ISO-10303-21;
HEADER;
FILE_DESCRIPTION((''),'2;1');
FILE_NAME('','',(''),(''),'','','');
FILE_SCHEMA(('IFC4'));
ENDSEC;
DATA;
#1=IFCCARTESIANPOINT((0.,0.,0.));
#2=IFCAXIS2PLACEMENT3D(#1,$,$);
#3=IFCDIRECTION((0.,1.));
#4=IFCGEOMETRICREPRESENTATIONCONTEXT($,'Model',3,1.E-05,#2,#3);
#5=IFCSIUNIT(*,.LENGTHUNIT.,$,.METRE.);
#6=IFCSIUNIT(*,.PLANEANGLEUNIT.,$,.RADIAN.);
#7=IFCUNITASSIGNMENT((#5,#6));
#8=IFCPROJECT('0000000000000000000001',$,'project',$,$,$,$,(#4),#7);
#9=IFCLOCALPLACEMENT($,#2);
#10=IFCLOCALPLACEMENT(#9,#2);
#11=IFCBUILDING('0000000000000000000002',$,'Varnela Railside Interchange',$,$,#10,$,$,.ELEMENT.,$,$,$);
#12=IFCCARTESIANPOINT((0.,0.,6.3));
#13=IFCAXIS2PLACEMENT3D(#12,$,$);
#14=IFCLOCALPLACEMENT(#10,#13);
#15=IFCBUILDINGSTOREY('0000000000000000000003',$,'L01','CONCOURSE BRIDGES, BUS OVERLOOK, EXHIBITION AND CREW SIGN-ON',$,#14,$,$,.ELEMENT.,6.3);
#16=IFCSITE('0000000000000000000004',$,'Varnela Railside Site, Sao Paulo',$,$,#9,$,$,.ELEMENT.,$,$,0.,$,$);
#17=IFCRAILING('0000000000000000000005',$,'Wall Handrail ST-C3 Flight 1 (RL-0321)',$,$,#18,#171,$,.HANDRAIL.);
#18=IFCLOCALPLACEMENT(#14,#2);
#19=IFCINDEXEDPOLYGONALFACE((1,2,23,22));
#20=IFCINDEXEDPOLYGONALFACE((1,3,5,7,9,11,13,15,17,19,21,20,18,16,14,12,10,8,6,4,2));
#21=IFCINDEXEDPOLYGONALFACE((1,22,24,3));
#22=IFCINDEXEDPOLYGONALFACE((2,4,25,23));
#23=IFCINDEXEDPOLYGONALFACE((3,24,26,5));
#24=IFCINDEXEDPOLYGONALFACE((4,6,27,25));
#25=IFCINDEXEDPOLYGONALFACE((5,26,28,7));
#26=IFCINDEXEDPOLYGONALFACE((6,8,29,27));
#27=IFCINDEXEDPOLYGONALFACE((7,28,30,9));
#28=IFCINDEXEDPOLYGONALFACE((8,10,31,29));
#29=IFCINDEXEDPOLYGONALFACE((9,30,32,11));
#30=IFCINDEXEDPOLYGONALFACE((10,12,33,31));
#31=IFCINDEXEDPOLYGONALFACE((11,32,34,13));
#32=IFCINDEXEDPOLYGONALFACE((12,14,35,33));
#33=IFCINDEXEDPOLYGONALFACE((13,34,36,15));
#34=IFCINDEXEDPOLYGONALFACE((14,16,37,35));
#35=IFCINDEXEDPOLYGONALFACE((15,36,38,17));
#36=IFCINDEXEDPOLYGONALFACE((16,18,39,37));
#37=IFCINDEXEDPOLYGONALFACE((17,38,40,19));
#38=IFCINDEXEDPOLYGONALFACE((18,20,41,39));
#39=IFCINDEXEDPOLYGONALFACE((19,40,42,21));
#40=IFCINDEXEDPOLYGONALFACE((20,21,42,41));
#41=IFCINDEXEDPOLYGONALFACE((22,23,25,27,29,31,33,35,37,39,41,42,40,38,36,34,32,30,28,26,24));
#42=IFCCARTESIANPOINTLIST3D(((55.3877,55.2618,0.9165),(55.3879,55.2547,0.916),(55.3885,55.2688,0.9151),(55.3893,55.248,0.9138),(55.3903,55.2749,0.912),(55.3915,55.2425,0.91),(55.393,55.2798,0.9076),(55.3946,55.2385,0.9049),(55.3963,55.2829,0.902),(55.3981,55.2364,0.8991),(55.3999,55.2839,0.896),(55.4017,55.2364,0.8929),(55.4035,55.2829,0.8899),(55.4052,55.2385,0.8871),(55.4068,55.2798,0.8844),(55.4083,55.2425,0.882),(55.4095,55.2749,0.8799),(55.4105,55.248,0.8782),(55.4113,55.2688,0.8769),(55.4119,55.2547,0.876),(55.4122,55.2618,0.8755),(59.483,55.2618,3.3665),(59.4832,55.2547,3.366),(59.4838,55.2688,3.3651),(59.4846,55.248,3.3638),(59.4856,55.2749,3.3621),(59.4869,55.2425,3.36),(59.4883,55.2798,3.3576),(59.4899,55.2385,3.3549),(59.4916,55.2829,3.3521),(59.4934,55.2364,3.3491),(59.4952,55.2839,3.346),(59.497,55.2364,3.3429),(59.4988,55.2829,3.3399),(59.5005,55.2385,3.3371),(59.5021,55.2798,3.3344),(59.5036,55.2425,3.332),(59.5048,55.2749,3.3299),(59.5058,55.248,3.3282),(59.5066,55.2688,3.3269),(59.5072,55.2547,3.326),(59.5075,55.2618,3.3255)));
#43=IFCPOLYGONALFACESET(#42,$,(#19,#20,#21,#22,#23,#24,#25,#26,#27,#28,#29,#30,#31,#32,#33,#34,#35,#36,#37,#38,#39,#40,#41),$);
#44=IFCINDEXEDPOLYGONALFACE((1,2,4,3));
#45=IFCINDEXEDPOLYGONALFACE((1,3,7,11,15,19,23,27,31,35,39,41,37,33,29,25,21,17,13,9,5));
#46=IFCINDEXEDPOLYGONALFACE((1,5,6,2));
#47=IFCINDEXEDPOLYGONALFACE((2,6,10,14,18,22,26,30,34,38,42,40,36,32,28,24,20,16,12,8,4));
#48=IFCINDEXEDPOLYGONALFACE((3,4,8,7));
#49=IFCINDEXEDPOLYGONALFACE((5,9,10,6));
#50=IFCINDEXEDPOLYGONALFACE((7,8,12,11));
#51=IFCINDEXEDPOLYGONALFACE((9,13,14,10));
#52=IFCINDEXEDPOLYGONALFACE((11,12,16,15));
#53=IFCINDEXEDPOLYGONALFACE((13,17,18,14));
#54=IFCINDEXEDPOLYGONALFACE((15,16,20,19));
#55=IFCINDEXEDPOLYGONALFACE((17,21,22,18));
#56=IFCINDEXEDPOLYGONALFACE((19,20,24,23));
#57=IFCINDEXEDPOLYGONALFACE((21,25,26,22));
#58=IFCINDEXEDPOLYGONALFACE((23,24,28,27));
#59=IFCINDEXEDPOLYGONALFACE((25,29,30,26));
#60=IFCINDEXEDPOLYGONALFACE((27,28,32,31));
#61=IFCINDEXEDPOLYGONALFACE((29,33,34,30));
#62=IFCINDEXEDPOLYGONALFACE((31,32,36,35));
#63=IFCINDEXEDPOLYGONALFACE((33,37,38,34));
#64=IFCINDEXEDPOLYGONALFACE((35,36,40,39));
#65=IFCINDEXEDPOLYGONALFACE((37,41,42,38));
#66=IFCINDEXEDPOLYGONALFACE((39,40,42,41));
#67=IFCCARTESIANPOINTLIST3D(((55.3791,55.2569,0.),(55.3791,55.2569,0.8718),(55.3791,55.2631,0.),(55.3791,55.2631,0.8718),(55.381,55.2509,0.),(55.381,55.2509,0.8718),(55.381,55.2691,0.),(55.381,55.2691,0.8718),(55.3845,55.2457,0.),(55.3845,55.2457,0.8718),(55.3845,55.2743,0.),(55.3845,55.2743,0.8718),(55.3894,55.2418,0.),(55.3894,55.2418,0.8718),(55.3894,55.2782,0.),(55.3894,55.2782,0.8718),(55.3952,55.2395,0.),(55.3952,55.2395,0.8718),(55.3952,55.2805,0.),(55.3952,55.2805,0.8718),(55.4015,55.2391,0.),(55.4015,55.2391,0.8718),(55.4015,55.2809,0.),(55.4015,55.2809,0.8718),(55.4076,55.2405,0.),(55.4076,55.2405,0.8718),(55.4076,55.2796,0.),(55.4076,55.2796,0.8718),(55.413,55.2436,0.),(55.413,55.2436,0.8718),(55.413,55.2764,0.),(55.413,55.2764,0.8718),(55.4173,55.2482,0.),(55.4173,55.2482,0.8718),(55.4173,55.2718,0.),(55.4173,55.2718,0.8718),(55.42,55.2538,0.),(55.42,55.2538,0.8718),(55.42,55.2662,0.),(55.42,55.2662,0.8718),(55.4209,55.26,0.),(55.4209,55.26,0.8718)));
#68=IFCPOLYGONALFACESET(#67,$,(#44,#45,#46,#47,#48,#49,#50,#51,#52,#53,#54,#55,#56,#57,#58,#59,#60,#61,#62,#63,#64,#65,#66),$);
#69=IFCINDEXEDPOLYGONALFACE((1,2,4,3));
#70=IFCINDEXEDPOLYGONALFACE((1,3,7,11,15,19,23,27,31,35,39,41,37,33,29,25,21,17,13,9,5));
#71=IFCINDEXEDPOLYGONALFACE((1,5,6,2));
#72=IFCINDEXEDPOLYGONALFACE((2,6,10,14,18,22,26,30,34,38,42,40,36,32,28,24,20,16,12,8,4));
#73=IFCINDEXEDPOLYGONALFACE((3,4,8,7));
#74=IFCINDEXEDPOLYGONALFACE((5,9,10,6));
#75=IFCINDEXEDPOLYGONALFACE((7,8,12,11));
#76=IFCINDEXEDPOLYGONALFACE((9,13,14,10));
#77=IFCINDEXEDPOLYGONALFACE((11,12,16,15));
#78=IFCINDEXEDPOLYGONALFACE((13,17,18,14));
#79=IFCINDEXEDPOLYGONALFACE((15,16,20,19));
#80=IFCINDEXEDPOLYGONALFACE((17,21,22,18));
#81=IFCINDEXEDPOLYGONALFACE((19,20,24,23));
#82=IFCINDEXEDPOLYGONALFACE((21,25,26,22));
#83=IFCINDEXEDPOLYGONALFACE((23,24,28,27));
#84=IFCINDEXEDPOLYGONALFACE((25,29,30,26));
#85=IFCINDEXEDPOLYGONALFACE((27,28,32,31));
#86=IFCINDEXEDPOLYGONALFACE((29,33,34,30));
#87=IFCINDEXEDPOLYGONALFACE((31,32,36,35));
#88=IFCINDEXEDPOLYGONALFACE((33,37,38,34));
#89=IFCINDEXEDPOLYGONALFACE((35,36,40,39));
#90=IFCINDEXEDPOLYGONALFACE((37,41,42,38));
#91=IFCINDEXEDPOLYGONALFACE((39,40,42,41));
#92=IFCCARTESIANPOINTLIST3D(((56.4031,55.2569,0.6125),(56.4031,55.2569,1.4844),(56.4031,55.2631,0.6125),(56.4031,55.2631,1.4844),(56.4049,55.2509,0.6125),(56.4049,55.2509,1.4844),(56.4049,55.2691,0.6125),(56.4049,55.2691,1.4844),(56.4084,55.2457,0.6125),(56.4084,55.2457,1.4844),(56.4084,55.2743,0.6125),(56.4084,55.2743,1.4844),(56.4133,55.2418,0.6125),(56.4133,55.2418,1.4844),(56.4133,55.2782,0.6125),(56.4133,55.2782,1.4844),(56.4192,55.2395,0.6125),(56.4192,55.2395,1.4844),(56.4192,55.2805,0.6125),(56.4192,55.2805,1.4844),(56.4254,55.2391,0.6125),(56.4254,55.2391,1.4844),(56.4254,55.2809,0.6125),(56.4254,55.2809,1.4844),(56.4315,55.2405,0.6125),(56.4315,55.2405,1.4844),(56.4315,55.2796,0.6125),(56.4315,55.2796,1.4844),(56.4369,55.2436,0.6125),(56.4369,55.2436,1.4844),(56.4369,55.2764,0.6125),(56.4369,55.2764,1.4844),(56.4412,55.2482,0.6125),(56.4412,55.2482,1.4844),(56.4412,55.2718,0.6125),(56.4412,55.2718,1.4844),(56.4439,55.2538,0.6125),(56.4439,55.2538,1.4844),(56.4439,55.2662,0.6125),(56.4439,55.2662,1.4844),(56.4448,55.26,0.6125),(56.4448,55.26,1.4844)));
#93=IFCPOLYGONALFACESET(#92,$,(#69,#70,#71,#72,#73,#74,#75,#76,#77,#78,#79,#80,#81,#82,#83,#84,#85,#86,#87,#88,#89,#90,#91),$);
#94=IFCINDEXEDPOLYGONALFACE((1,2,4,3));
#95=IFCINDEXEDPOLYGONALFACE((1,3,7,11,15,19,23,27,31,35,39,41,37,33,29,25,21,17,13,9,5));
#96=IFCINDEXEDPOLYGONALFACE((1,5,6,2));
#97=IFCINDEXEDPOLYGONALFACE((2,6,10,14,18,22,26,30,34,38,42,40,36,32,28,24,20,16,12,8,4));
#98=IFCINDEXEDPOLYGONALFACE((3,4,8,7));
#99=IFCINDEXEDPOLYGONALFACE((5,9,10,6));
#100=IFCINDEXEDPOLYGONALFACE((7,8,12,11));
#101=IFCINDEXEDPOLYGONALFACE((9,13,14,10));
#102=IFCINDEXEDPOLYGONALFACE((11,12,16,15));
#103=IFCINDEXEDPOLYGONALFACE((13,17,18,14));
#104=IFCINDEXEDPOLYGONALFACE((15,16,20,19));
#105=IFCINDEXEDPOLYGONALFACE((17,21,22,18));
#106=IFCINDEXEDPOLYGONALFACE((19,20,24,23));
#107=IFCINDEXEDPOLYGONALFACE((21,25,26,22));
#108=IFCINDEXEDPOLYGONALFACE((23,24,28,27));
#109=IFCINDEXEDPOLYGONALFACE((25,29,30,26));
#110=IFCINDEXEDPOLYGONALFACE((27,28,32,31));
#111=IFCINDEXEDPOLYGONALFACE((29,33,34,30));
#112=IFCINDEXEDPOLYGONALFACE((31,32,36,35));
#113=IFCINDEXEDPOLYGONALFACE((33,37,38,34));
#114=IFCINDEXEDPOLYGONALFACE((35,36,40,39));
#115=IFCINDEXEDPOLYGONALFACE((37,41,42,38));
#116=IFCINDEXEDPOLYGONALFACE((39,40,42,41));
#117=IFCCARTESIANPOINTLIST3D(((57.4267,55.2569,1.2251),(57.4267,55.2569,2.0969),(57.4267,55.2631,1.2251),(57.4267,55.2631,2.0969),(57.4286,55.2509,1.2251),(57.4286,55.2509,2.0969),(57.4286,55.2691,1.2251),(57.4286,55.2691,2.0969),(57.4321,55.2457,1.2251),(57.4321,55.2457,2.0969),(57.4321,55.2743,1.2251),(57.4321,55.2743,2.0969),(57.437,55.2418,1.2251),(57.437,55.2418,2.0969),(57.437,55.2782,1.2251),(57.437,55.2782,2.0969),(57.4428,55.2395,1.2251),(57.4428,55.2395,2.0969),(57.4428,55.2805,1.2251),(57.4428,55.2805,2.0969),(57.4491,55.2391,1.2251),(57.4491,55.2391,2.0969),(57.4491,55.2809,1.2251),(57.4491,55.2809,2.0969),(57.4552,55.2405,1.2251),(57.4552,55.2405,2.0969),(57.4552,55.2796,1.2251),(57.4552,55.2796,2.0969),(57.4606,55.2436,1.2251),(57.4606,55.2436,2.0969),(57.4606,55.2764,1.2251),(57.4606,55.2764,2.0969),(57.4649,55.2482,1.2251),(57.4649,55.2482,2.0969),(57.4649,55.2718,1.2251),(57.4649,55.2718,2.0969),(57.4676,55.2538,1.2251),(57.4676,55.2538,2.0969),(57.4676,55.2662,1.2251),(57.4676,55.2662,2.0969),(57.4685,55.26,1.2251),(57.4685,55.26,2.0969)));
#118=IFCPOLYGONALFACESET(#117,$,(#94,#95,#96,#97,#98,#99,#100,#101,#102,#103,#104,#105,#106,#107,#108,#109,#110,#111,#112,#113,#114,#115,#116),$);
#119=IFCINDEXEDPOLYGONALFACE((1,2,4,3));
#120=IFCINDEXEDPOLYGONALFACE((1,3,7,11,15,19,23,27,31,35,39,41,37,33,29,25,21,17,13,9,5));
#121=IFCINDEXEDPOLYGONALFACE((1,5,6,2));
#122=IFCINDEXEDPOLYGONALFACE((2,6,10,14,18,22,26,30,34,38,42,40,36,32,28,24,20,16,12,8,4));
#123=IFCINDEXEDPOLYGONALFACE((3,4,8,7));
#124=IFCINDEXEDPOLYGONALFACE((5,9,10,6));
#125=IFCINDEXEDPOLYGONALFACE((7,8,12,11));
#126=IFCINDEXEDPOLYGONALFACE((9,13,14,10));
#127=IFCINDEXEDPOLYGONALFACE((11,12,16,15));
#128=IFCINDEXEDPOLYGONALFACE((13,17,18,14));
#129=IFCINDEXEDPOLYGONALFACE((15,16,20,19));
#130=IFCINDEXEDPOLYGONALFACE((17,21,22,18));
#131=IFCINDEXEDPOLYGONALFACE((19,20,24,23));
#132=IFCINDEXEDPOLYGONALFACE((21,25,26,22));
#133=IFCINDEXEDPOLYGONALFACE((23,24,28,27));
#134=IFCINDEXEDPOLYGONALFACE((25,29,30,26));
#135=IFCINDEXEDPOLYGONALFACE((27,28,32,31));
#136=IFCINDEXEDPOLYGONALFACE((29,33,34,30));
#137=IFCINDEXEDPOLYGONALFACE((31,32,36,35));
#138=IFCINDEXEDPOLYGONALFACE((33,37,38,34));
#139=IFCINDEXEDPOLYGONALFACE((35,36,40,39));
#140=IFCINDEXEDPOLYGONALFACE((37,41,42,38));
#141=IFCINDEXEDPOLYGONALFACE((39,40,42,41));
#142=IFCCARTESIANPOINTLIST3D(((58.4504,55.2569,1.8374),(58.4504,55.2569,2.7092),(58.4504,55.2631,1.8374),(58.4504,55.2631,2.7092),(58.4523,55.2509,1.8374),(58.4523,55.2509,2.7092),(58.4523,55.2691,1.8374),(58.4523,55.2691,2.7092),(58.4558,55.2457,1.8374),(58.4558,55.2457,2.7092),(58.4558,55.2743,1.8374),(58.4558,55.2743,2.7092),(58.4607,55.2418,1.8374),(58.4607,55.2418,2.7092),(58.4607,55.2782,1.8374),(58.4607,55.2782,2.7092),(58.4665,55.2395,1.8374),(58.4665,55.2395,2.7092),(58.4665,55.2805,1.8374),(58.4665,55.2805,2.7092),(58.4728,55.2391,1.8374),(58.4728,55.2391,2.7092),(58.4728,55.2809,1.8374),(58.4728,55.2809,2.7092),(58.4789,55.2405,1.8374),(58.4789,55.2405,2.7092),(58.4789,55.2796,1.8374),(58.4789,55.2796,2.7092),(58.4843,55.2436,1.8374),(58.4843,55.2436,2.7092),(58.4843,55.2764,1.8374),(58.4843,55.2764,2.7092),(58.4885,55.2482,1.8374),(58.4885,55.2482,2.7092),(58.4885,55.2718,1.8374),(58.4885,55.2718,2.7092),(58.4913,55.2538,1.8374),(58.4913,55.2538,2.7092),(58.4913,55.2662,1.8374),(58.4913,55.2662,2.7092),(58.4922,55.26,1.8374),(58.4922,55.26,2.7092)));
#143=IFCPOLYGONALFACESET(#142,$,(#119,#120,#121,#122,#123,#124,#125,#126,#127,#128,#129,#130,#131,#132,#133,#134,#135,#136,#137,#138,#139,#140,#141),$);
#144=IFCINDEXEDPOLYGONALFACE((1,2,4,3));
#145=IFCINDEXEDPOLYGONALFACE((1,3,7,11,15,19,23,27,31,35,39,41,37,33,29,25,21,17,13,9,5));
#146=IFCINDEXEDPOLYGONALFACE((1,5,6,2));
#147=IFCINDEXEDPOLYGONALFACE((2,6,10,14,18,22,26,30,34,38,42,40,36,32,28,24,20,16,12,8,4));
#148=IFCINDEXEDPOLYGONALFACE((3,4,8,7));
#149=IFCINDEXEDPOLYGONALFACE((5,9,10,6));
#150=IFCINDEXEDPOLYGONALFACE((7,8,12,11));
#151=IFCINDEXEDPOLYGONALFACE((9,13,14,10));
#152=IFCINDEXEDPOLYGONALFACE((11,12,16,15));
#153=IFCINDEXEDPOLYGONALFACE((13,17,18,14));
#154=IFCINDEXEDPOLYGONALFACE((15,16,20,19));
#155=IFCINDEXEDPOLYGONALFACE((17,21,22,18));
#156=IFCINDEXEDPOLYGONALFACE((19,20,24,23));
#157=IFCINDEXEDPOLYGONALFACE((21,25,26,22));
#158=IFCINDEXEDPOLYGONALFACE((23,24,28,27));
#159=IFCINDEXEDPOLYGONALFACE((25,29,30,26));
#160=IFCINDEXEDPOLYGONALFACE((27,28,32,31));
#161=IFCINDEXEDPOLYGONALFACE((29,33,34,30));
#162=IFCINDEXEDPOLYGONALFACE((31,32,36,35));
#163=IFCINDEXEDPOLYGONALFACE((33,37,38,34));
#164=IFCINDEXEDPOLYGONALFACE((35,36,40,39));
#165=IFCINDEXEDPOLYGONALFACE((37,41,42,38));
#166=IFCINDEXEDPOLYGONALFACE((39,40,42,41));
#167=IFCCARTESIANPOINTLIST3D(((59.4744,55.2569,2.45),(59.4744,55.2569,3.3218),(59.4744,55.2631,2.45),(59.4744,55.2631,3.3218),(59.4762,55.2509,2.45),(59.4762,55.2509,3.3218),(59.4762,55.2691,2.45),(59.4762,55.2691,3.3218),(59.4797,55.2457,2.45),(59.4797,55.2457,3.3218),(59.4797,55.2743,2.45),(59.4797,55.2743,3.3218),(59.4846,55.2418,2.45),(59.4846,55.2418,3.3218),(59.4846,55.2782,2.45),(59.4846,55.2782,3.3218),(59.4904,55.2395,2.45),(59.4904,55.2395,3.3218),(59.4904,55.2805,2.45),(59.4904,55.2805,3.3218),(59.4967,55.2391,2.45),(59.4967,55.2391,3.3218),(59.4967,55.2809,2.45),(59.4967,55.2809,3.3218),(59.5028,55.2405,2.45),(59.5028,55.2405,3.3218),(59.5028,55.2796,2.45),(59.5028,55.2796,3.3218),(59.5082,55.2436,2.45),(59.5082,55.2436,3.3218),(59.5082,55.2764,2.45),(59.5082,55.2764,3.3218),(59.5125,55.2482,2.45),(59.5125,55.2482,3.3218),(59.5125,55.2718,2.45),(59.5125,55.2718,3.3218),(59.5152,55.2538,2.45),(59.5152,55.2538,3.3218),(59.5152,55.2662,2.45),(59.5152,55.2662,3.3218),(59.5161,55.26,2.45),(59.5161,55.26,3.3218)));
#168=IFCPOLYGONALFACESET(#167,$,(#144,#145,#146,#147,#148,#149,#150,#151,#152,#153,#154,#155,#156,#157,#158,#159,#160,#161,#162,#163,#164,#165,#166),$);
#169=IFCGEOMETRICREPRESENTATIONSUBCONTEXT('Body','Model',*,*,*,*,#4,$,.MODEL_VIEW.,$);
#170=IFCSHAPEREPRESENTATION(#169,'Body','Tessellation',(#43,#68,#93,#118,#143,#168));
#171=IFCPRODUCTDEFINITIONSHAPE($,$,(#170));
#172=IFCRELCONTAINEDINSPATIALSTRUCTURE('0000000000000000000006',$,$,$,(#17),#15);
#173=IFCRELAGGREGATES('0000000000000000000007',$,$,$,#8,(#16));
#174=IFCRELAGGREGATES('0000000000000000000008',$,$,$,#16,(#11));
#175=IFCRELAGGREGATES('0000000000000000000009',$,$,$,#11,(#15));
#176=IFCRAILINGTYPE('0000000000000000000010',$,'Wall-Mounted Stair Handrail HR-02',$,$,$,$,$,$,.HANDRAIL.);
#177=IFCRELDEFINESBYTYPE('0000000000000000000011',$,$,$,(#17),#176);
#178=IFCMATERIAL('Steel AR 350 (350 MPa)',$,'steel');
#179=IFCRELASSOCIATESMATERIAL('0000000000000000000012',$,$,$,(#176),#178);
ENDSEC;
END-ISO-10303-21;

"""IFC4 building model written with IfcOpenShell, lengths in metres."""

from ifc_helpers import new_model, si_unit, direction, frame, origin, origin_2d, place, context, subcontext, project, spatial, circle, extrude, material, type_object, element, save


model = new_model("IFC4")

# Units and contexts
model_context = context("Model", 3, precision=1e-05, world=origin(), true_north=direction((0.0, 1.0)))
body_context = subcontext(model_context, "Body", "Model", "MODEL_VIEW")
ifc_project = project(units=[si_unit("LENGTHUNIT", "METRE"), si_unit("PLANEANGLEUNIT", "RADIAN")], contexts=[model_context])

# Site, building, storey
site_placement = place(None, origin())
site = spatial("IfcSite", under=ifc_project, at=site_placement, Name="Varnela Railside Site, Sao Paulo", CompositionType="ELEMENT", RefElevation=0.0)
building_placement = place(site_placement, origin())
building = spatial("IfcBuilding", under=site, at=building_placement, Name="Varnela Railside Interchange", CompositionType="ELEMENT")
storey_placement = place(building_placement, frame((0.0, 0.0, 6.3)))
storey = spatial("IfcBuildingStorey", under=building, at=storey_placement, Name="L01", Description="CONCOURSE BRIDGES, BUS OVERLOOK, EXHIBITION AND CREW SIGN-ON", CompositionType="ELEMENT", Elevation=6.3)

# Shared definitions
ifc_material_1 = material(Name="Steel AR 350 (350 MPa)", Category="steel")

# Railing
railing_type_1 = type_object("IfcRailingType", Name="Wall-Mounted Stair Handrail HR-02", PredefinedType="HANDRAIL", material=ifc_material_1)
railing_1_placement = place(storey_placement, frame((55.3999, 55.26, 0.0)))
element("IfcRailing", 1, at=railing_1_placement, inside=storey, type_object=railing_type_1, Name="Wall Handrail ST-C3 Flight 1 (RL-0321)", PredefinedType="HANDRAIL", context=body_context, shape_type="SweptSolid", body=[
    extrude(circle(Radius=0.0239, at=origin_2d()), frame((0.0, 0.0, 0.896), z_axis=(0.858156, 0.0, 0.513389), x_axis=(0.0, 1.0, 0.0)), (0.0, 0.0, 1.0), 4.7722),
    extrude(circle(Radius=0.021, at=origin_2d()), origin(), (0.0, 0.0, 1.0), 0.8718),
    extrude(circle(Radius=0.021, at=origin_2d()), frame((1.0239, 0.0, 0.6125)), (0.0, 0.0, 1.0), 0.8718),
    extrude(circle(Radius=0.021, at=origin_2d()), frame((2.0476, 0.0, 1.2251)), (0.0, 0.0, 1.0), 0.8718),
    extrude(circle(Radius=0.021, at=origin_2d()), frame((3.0713, 0.0, 1.8374)), (0.0, 0.0, 1.0), 0.8718),
    extrude(circle(Radius=0.021, at=origin_2d()), frame((4.0952, 0.0, 2.45)), (0.0, 0.0, 1.0), 0.8718),
])

save(model, "model.ifc")
